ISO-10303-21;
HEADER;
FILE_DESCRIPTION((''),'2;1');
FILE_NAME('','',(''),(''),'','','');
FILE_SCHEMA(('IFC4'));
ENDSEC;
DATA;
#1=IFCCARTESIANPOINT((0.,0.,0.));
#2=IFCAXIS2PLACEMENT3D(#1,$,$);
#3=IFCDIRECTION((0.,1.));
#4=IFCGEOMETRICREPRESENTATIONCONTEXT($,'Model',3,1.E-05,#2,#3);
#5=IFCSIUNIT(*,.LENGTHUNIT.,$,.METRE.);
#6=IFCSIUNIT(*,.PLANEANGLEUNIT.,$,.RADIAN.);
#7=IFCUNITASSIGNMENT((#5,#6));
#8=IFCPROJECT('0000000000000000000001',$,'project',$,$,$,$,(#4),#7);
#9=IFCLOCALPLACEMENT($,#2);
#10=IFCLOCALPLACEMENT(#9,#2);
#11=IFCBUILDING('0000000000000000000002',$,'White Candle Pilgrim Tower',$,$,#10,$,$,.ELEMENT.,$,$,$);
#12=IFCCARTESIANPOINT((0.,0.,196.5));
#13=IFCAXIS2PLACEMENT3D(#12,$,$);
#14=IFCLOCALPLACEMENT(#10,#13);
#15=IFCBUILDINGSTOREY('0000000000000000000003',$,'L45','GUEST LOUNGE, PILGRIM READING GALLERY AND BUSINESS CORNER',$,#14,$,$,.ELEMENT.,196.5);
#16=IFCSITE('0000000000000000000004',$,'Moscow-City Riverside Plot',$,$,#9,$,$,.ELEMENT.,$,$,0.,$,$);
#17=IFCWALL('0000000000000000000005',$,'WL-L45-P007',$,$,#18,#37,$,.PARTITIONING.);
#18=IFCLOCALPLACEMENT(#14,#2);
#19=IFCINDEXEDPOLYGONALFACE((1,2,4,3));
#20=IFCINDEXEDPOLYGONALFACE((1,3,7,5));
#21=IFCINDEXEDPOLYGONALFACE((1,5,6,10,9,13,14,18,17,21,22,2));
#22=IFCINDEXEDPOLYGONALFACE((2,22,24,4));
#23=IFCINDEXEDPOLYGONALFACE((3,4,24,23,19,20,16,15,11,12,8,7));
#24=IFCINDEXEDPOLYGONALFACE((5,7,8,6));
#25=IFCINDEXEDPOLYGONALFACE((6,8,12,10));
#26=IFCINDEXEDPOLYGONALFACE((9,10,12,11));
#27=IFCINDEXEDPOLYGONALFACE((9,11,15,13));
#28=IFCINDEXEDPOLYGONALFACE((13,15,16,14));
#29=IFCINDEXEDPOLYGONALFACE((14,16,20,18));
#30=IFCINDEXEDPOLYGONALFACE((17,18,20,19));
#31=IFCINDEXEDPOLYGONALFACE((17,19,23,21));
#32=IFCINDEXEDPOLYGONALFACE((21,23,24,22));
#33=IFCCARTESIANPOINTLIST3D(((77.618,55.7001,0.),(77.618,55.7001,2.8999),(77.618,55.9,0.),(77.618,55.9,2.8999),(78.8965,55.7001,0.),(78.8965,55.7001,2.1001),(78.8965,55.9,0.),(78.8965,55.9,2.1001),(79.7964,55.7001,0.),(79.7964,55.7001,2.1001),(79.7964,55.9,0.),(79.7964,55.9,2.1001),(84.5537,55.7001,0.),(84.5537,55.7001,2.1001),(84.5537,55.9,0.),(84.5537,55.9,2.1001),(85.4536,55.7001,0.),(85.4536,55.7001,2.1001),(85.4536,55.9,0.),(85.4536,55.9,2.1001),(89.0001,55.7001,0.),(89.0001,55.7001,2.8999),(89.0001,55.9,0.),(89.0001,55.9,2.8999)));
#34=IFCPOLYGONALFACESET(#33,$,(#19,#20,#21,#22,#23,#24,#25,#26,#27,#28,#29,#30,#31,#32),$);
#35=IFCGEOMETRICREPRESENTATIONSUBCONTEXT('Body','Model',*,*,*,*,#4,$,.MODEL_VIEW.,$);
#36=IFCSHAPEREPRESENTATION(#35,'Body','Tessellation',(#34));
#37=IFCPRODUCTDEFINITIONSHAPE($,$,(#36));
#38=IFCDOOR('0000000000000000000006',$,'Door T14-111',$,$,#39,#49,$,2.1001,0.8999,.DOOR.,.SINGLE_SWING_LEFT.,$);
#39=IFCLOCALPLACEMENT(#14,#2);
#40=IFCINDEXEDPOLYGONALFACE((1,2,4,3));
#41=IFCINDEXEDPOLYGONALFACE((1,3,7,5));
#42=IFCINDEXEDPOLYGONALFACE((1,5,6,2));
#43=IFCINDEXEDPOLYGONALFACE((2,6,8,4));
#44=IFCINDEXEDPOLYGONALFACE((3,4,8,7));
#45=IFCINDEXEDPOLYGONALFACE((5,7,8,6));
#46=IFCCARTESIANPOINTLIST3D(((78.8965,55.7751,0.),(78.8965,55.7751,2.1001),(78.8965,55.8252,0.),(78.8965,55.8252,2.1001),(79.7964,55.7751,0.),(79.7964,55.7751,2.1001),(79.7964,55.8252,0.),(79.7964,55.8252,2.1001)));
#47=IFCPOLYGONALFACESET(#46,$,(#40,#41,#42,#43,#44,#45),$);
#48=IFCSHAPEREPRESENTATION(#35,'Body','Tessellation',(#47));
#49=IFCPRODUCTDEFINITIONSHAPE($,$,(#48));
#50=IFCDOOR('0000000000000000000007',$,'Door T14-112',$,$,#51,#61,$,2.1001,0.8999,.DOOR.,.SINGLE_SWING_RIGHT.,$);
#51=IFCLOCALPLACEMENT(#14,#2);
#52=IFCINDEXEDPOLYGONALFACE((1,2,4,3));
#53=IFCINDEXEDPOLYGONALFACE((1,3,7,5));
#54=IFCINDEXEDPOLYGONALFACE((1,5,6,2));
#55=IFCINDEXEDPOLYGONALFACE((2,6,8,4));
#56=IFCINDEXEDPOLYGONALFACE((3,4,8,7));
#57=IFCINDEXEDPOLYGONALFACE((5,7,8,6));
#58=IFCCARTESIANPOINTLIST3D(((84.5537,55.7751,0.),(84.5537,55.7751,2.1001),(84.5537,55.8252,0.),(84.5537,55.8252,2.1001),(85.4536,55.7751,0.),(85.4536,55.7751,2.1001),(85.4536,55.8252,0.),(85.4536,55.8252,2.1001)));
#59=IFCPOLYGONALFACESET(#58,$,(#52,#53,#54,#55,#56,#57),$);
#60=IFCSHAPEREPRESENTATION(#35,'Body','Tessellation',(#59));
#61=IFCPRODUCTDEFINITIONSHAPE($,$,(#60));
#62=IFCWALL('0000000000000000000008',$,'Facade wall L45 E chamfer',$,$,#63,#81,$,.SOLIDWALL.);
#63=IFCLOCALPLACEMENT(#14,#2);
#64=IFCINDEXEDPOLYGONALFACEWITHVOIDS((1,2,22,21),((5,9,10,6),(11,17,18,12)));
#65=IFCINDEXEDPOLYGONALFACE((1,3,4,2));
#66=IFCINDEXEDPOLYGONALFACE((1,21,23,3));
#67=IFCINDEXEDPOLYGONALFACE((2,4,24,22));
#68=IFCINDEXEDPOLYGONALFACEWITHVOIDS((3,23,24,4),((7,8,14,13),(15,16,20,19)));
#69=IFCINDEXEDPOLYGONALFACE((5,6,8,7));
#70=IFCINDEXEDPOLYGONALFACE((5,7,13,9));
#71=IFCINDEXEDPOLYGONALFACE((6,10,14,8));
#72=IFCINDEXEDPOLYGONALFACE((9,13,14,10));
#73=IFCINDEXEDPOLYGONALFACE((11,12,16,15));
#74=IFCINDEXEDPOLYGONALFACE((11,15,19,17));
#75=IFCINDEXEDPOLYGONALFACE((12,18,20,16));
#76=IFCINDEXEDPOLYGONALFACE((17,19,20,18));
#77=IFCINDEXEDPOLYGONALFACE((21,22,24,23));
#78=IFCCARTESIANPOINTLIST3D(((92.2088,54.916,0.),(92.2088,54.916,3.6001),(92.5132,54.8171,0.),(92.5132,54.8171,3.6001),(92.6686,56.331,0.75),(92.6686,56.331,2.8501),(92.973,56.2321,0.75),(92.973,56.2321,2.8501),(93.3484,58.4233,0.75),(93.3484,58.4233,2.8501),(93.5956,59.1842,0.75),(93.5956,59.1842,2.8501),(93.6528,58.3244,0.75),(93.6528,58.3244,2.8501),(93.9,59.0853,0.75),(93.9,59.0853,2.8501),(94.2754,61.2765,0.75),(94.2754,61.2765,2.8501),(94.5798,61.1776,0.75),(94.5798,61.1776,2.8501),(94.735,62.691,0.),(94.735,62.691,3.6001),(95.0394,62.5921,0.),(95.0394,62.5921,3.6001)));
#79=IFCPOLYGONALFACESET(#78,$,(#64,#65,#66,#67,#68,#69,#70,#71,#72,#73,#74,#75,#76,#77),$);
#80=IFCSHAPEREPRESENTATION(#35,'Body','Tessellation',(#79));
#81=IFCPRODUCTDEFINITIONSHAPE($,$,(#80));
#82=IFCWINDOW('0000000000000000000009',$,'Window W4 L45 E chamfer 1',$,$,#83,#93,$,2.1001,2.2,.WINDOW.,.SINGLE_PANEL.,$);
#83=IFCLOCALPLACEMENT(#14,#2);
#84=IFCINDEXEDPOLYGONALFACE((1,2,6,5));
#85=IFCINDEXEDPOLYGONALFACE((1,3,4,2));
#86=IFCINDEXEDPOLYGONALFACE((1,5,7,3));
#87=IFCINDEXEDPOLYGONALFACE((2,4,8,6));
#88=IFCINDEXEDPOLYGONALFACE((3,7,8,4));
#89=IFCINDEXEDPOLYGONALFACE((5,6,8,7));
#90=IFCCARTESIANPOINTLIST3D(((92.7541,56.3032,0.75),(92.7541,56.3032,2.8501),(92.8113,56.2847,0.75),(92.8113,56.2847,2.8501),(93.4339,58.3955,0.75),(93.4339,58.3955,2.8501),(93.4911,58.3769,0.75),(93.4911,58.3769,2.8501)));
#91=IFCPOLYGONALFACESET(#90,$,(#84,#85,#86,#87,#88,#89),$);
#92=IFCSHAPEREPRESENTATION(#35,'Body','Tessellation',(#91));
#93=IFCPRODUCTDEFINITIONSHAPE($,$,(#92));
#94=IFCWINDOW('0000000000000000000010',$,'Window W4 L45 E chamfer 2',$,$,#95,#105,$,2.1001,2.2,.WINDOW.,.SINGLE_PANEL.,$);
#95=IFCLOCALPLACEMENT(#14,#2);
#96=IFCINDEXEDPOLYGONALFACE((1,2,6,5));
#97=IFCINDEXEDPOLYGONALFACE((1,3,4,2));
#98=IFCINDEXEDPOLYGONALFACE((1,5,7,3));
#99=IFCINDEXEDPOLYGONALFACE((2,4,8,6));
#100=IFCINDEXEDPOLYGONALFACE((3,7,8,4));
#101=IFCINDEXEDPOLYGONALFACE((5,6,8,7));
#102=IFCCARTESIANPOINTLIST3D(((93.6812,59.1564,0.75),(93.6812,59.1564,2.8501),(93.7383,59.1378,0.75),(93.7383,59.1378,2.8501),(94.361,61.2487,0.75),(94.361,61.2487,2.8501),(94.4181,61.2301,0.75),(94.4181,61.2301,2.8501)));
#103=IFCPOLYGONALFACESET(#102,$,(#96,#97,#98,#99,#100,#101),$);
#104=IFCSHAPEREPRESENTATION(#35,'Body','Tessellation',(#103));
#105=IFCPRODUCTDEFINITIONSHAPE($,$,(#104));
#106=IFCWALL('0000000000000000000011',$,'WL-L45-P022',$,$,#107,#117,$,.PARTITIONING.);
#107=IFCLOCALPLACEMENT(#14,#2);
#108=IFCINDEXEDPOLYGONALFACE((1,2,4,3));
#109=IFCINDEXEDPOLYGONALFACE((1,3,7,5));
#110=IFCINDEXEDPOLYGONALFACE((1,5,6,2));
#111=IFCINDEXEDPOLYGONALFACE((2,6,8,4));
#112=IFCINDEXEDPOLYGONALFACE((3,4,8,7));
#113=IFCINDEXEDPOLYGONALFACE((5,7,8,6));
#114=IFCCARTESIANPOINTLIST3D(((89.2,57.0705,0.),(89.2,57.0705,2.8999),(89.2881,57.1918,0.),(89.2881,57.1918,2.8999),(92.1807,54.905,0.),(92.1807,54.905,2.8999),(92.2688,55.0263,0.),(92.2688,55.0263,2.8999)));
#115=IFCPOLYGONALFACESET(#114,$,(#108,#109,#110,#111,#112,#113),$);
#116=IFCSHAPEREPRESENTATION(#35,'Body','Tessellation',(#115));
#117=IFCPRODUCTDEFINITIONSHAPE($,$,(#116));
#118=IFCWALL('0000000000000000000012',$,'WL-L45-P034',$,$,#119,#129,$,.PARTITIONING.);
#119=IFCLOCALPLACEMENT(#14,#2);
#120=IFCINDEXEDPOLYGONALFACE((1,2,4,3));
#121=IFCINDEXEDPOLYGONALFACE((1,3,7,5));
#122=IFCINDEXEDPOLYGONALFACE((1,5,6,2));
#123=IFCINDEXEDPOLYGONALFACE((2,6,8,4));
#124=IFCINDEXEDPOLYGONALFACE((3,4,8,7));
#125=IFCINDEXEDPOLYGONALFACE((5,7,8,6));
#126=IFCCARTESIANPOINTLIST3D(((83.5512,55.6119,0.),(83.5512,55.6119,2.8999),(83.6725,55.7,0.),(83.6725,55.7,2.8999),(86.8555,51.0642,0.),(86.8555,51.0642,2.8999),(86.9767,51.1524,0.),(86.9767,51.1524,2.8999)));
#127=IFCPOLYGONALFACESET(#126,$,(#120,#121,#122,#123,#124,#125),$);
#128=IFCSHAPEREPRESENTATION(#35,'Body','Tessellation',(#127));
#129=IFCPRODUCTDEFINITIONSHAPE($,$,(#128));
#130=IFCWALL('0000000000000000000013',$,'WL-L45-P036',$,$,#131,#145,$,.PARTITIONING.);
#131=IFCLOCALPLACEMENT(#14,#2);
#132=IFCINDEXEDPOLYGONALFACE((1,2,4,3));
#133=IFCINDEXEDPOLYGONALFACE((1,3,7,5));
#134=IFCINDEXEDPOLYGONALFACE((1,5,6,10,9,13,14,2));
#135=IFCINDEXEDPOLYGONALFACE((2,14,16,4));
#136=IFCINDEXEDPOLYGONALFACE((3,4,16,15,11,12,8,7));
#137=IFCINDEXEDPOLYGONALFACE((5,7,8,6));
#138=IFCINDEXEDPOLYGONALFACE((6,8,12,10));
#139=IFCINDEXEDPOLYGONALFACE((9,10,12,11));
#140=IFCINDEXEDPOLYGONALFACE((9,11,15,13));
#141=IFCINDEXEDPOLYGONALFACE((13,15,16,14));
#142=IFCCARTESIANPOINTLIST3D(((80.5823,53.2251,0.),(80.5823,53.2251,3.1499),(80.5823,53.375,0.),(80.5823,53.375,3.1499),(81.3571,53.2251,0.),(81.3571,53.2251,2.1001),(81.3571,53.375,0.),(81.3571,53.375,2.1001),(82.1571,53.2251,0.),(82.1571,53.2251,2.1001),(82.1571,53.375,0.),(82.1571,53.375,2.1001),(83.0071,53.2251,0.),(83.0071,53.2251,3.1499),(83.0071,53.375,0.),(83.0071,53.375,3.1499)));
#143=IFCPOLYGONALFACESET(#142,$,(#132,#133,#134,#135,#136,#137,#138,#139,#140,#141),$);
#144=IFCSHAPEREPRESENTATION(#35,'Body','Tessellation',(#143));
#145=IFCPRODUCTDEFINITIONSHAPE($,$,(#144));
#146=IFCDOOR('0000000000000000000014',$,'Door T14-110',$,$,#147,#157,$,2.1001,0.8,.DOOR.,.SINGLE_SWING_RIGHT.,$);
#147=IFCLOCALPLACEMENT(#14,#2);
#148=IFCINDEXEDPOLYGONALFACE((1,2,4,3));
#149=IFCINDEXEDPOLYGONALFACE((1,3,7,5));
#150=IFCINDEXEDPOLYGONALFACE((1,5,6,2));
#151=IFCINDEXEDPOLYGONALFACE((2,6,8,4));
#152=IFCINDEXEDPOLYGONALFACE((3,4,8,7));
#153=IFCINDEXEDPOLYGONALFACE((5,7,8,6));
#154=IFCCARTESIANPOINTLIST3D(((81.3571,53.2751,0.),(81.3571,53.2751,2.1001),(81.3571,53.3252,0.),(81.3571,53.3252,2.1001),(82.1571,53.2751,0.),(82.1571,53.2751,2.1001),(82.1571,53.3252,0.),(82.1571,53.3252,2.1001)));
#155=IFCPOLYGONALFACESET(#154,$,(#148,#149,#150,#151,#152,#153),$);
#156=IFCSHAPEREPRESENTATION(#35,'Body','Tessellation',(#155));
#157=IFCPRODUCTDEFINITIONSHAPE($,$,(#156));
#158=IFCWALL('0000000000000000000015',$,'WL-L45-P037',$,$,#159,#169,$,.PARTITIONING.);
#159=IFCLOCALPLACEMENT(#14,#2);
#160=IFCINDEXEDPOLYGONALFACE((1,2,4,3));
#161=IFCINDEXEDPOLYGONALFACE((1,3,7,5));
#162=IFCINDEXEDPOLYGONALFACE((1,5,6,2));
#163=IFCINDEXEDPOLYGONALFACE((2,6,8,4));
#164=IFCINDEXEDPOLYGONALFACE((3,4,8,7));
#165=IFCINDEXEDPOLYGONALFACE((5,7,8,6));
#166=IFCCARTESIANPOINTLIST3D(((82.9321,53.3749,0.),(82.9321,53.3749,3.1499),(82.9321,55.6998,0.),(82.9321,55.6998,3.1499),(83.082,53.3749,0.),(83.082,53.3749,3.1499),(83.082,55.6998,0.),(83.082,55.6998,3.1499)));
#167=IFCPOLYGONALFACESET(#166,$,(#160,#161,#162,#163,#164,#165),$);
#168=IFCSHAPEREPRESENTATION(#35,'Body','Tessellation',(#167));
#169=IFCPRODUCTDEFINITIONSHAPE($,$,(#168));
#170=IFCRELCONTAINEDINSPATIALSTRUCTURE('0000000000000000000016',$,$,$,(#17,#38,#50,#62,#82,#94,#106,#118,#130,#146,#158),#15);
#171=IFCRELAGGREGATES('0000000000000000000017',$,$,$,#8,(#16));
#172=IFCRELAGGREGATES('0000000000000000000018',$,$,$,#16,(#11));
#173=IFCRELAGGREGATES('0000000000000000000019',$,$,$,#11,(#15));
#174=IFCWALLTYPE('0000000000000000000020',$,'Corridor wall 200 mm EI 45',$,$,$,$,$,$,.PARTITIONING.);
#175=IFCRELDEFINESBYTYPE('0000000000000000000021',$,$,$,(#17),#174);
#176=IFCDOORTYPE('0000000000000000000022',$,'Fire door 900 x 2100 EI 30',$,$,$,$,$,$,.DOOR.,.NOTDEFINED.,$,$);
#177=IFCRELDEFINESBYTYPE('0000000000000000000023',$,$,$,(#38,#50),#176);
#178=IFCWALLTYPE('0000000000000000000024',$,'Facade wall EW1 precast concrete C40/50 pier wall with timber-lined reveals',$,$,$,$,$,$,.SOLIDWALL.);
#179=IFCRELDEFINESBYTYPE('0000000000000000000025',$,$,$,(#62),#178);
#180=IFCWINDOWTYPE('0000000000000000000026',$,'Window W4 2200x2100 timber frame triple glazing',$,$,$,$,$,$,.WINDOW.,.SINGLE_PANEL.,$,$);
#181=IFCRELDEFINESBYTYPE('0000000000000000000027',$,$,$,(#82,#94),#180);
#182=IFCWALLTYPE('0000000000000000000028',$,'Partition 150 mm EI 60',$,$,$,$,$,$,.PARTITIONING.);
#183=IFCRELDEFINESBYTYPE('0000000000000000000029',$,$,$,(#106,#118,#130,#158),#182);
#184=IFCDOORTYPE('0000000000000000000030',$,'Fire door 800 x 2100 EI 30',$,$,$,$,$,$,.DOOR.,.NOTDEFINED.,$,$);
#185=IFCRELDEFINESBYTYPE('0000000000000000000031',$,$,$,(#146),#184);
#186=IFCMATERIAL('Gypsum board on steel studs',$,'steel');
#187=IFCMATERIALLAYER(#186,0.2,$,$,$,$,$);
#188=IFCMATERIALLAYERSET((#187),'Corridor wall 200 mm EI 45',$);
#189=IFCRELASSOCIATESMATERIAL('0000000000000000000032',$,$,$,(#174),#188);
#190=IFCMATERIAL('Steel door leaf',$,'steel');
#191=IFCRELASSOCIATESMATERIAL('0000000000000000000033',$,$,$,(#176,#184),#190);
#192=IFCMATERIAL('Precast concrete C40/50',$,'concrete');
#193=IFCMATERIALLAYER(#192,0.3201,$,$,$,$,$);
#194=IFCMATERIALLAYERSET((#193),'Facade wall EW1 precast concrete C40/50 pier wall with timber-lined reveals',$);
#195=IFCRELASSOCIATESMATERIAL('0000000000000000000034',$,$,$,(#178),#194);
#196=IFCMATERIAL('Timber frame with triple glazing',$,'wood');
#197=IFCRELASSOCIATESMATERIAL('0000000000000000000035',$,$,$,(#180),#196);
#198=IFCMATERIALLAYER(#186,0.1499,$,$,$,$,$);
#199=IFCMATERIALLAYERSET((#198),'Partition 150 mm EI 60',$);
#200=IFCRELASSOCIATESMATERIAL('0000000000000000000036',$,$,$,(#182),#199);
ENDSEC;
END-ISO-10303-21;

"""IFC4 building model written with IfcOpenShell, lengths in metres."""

from ifc_helpers import new_model, si_unit, direction, frame, frame_2d, origin, place, context, subcontext, project, spatial, rectangle, extrude, material, layer, layer_set, type_object, element, fill, save


model = new_model("IFC4")

# Units and contexts
model_context = context("Model", 3, precision=1e-05, world=origin(), true_north=direction((0.0, 1.0)))
body_context = subcontext(model_context, "Body", "Model", "MODEL_VIEW")
ifc_project = project(units=[si_unit("LENGTHUNIT", "METRE"), si_unit("PLANEANGLEUNIT", "RADIAN")], contexts=[model_context])

# Site, building, storey
site_placement = place(None, origin())
site = spatial("IfcSite", under=ifc_project, at=site_placement, Name="Moscow-City Riverside Plot", CompositionType="ELEMENT", RefElevation=0.0)
building_placement = place(site_placement, origin())
building = spatial("IfcBuilding", under=site, at=building_placement, Name="White Candle Pilgrim Tower", CompositionType="ELEMENT")
storey_placement = place(building_placement, frame((0.0, 0.0, 196.5)))
storey = spatial("IfcBuildingStorey", under=building, at=storey_placement, Name="L45", Description="GUEST LOUNGE, PILGRIM READING GALLERY AND BUSINESS CORNER", CompositionType="ELEMENT", Elevation=196.5)

# Wall, openings, doors
ifc_material_1 = material(Name="Gypsum board on steel studs", Category="steel")
ifc_layer_1 = layer(ifc_material_1, 0.2)
ifc_layer_set_1 = layer_set([ifc_layer_1], Name="Corridor wall 200 mm EI 45")
wall_type_1 = type_object("IfcWallType", Name="Corridor wall 200 mm EI 45", PredefinedType="PARTITIONING", material=ifc_layer_set_1)
wall_1_placement = place(storey_placement, frame((89.0, 55.8, 0.0), z_axis=(0.0, 0.0, 1.0), x_axis=(-1.0, 0.0, 0.0)))
wall_1 = element("IfcWall", 1, at=wall_1_placement, inside=storey, type_object=wall_type_1, Name="WL-L45-P007", PredefinedType="PARTITIONING", context=body_context, shape_type="SweptSolid", body=[
    extrude(rectangle(XDim=11.3821, YDim=0.2, at=frame_2d((5.6909, 0.0))), origin(), (0.0, 0.0, 1.0), 2.8999),
])
opening_1_placement = place(wall_1_placement, frame((9.2036, 0.0, 0.0)))
opening_1 = element("IfcOpeningElement", 2, at=opening_1_placement, cuts=wall_1, PredefinedType="OPENING", context=body_context, shape_type="SweptSolid", body=[
    extrude(rectangle(XDim=0.8999, YDim=2.1001, at=frame_2d((0.45, 1.05))), frame((0.0, 0.1099, 0.0), z_axis=(0.0, -1.0, 0.0), x_axis=(1.0, 0.0, 0.0)), (0.0, 0.0, 1.0), 0.22),
])
opening_2_placement = place(wall_1_placement, frame((3.5464, 0.0, 0.0)))
opening_2 = element("IfcOpeningElement", 3, at=opening_2_placement, cuts=wall_1, PredefinedType="OPENING", context=body_context, shape_type="SweptSolid", body=[
    extrude(rectangle(XDim=0.8999, YDim=2.1001, at=frame_2d((0.45, 1.05))), frame((0.0, 0.1099, 0.0), z_axis=(0.0, -1.0, 0.0), x_axis=(1.0, 0.0, 0.0)), (0.0, 0.0, 1.0), 0.22),
])
ifc_material_2 = material(Name="Steel door leaf", Category="steel")
door_type_1 = type_object("IfcDoorType", Name="Fire door 900 x 2100 EI 30", OperationType="NOTDEFINED", PredefinedType="DOOR", material=ifc_material_2)
door_1_placement = place(opening_1_placement, origin())
door_1 = element("IfcDoor", 4, at=door_1_placement, inside=storey, type_object=door_type_1, Name="Door T14-111", OperationType="SINGLE_SWING_LEFT", OverallHeight=2.1001, OverallWidth=0.8999, PredefinedType="DOOR", context=body_context, shape_type="SweptSolid", body=[
    extrude(rectangle(XDim=0.8999, YDim=2.1001, at=frame_2d((0.45, 1.05))), frame((0.0, 0.0249, 0.0), z_axis=(0.0, -1.0, 0.0), x_axis=(1.0, 0.0, 0.0)), (0.0, 0.0, 1.0), 0.05),
])
fill(opening_1, door_1)
door_2_placement = place(opening_2_placement, origin())
door_2 = element("IfcDoor", 5, at=door_2_placement, inside=storey, type_object=door_type_1, Name="Door T14-112", OperationType="SINGLE_SWING_RIGHT", OverallHeight=2.1001, OverallWidth=0.8999, PredefinedType="DOOR", context=body_context, shape_type="SweptSolid", body=[
    extrude(rectangle(XDim=0.8999, YDim=2.1001, at=frame_2d((0.45, 1.05))), frame((0.0, 0.0249, 0.0), z_axis=(0.0, -1.0, 0.0), x_axis=(1.0, 0.0, 0.0)), (0.0, 0.0, 1.0), 0.05),
])
fill(opening_2, door_2)

# Wall, openings, windows
ifc_material_3 = material(Name="Precast concrete C40/50", Category="concrete")
ifc_layer_2 = layer(ifc_material_3, 0.3201)
ifc_layer_set_2 = layer_set([ifc_layer_2], Name="Facade wall EW1 precast concrete C40/50 pier wall with timber-lined reveals")
wall_type_2 = type_object("IfcWallType", Name="Facade wall EW1 precast concrete C40/50 pier wall with timber-lined reveals", PredefinedType="SOLIDWALL", material=ifc_layer_set_2)
wall_2_placement = place(storey_placement, frame((92.3611, 54.8667, 0.0), z_axis=(0.0, 0.0, 1.0), x_axis=(0.309006, 0.95106, 0.0)))
wall_2 = element("IfcWall", 6, at=wall_2_placement, inside=storey, type_object=wall_type_2, Name="Facade wall L45 E chamfer", PredefinedType="SOLIDWALL", context=body_context, shape_type="SweptSolid", body=[
    extrude(rectangle(XDim=8.175, YDim=0.3201, at=frame_2d((4.0874, 0.0))), origin(), (0.0, 0.0, 1.0), 3.6001),
])
opening_3_placement = place(wall_2_placement, frame((1.4875, 0.0, 0.75)))
opening_3 = element("IfcOpeningElement", 7, at=opening_3_placement, cuts=wall_2, PredefinedType="OPENING", context=body_context, shape_type="SweptSolid", body=[
    extrude(rectangle(XDim=2.2, YDim=2.1001, at=frame_2d((1.1001, 1.05))), frame((0.0, 0.1699, 0.0), z_axis=(0.0, -1.0, 0.0), x_axis=(1.0, 0.0, 0.0)), (0.0, 0.0, 1.0), 0.3401),
])
opening_4_placement = place(wall_2_placement, frame((4.4875, 0.0, 0.75)))
opening_4 = element("IfcOpeningElement", 8, at=opening_4_placement, cuts=wall_2, PredefinedType="OPENING", context=body_context, shape_type="SweptSolid", body=[
    extrude(rectangle(XDim=2.2, YDim=2.1001, at=frame_2d((1.1001, 1.05))), frame((0.0, 0.1699, 0.0), z_axis=(0.0, -1.0, 0.0), x_axis=(1.0, 0.0, 0.0)), (0.0, 0.0, 1.0), 0.3401),
])
ifc_material_4 = material(Name="Timber frame with triple glazing", Category="wood")
window_type = type_object("IfcWindowType", Name="Window W4 2200x2100 timber frame triple glazing", PartitioningType="SINGLE_PANEL", PredefinedType="WINDOW", material=ifc_material_4)
window_1_placement = place(opening_3_placement, origin())
window_1 = element("IfcWindow", 9, at=window_1_placement, inside=storey, type_object=window_type, Name="Window W4 L45 E chamfer 1", OverallHeight=2.1001, OverallWidth=2.2, PartitioningType="SINGLE_PANEL", PredefinedType="WINDOW", context=body_context, shape_type="SweptSolid", body=[
    extrude(rectangle(XDim=2.2, YDim=2.1001, at=frame_2d((1.1001, 1.05))), frame((0.0, 0.0701, 0.0), z_axis=(0.0, -1.0, 0.0), x_axis=(1.0, 0.0, 0.0)), (0.0, 0.0, 1.0), 0.0601),
])
fill(opening_3, window_1)
window_2_placement = place(opening_4_placement, origin())
window_2 = element("IfcWindow", 10, at=window_2_placement, inside=storey, type_object=window_type, Name="Window W4 L45 E chamfer 2", OverallHeight=2.1001, OverallWidth=2.2, PartitioningType="SINGLE_PANEL", PredefinedType="WINDOW", context=body_context, shape_type="SweptSolid", body=[
    extrude(rectangle(XDim=2.2, YDim=2.1001, at=frame_2d((1.1001, 1.05))), frame((0.0, 0.0701, 0.0), z_axis=(0.0, -1.0, 0.0), x_axis=(1.0, 0.0, 0.0)), (0.0, 0.0, 1.0), 0.0601),
])
fill(opening_4, window_2)

# Walls
ifc_layer_3 = layer(ifc_material_1, 0.1499)
ifc_layer_set_3 = layer_set([ifc_layer_3], Name="Partition 150 mm EI 60")
wall_type_3 = type_object("IfcWallType", Name="Partition 150 mm EI 60", PredefinedType="PARTITIONING", material=ifc_layer_set_3)
wall_3_placement = place(storey_placement, frame((92.2249, 54.9656, 0.0), z_axis=(0.0, 0.0, 1.0), x_axis=(-0.809028, 0.58777, 0.0)))
element("IfcWall", 11, at=wall_3_placement, inside=storey, type_object=wall_type_3, Name="WL-L45-P022", PredefinedType="PARTITIONING", context=body_context, shape_type="SweptSolid", body=[
    extrude(rectangle(XDim=3.6843, YDim=0.1499, at=frame_2d((1.8423, 0.0))), origin(), (0.0, 0.0, 1.0), 2.8999),
])
wall_4_placement = place(storey_placement, frame((86.916, 51.1084, 0.0), z_axis=(0.0, 0.0, 1.0), x_axis=(-0.587805, 0.809003, 0.0)))
element("IfcWall", 12, at=wall_4_placement, inside=storey, type_object=wall_type_3, Name="WL-L45-P034", PredefinedType="PARTITIONING", context=body_context, shape_type="SweptSolid", body=[
    extrude(rectangle(XDim=5.6213, YDim=0.1499, at=frame_2d((2.8105, 0.0))), origin(), (0.0, 0.0, 1.0), 2.8999),
])

# Wall, opening, door
wall_5_placement = place(storey_placement, frame((83.0071, 53.3, 0.0), z_axis=(0.0, 0.0, 1.0), x_axis=(-1.0, 0.0, 0.0)))
wall_5 = element("IfcWall", 13, at=wall_5_placement, inside=storey, type_object=wall_type_3, Name="WL-L45-P036", PredefinedType="PARTITIONING", context=body_context, shape_type="SweptSolid", body=[
    extrude(rectangle(XDim=2.4248, YDim=0.1499, at=frame_2d((1.2124, 0.0))), origin(), (0.0, 0.0, 1.0), 3.1499),
])
opening_5_placement = place(wall_5_placement, frame((0.8501, 0.0, 0.0)))
opening_5 = element("IfcOpeningElement", 14, at=opening_5_placement, cuts=wall_5, PredefinedType="OPENING", context=body_context, shape_type="SweptSolid", body=[
    extrude(rectangle(XDim=0.8, YDim=2.1001, at=frame_2d((0.3999, 1.05))), frame((0.0, 0.085, 0.0), z_axis=(0.0, -1.0, 0.0), x_axis=(1.0, 0.0, 0.0)), (0.0, 0.0, 1.0), 0.1699),
])
door_type_2 = type_object("IfcDoorType", Name="Fire door 800 x 2100 EI 30", OperationType="NOTDEFINED", PredefinedType="DOOR", material=ifc_material_2)
door_3_placement = place(opening_5_placement, origin())
door_3 = element("IfcDoor", 15, at=door_3_placement, inside=storey, type_object=door_type_2, Name="Door T14-110", OperationType="SINGLE_SWING_RIGHT", OverallHeight=2.1001, OverallWidth=0.8, PredefinedType="DOOR", context=body_context, shape_type="SweptSolid", body=[
    extrude(rectangle(XDim=0.8, YDim=2.1001, at=frame_2d((0.3999, 1.05))), frame((0.0, 0.0249, 0.0), z_axis=(0.0, -1.0, 0.0), x_axis=(1.0, 0.0, 0.0)), (0.0, 0.0, 1.0), 0.05),
])
fill(opening_5, door_3)

# Wall
wall_6_placement = place(storey_placement, frame((83.0071, 55.7, 0.0), z_axis=(0.0, 0.0, 1.0), x_axis=(0.0, -1.0, 0.0)))
element("IfcWall", 16, at=wall_6_placement, inside=storey, type_object=wall_type_3, Name="WL-L45-P037", PredefinedType="PARTITIONING", context=body_context, shape_type="SweptSolid", body=[
    extrude(rectangle(XDim=2.325, YDim=0.1499, at=frame_2d((1.1626, 0.0))), origin(), (0.0, 0.0, 1.0), 3.1499),
])

save(model, "model.ifc")
